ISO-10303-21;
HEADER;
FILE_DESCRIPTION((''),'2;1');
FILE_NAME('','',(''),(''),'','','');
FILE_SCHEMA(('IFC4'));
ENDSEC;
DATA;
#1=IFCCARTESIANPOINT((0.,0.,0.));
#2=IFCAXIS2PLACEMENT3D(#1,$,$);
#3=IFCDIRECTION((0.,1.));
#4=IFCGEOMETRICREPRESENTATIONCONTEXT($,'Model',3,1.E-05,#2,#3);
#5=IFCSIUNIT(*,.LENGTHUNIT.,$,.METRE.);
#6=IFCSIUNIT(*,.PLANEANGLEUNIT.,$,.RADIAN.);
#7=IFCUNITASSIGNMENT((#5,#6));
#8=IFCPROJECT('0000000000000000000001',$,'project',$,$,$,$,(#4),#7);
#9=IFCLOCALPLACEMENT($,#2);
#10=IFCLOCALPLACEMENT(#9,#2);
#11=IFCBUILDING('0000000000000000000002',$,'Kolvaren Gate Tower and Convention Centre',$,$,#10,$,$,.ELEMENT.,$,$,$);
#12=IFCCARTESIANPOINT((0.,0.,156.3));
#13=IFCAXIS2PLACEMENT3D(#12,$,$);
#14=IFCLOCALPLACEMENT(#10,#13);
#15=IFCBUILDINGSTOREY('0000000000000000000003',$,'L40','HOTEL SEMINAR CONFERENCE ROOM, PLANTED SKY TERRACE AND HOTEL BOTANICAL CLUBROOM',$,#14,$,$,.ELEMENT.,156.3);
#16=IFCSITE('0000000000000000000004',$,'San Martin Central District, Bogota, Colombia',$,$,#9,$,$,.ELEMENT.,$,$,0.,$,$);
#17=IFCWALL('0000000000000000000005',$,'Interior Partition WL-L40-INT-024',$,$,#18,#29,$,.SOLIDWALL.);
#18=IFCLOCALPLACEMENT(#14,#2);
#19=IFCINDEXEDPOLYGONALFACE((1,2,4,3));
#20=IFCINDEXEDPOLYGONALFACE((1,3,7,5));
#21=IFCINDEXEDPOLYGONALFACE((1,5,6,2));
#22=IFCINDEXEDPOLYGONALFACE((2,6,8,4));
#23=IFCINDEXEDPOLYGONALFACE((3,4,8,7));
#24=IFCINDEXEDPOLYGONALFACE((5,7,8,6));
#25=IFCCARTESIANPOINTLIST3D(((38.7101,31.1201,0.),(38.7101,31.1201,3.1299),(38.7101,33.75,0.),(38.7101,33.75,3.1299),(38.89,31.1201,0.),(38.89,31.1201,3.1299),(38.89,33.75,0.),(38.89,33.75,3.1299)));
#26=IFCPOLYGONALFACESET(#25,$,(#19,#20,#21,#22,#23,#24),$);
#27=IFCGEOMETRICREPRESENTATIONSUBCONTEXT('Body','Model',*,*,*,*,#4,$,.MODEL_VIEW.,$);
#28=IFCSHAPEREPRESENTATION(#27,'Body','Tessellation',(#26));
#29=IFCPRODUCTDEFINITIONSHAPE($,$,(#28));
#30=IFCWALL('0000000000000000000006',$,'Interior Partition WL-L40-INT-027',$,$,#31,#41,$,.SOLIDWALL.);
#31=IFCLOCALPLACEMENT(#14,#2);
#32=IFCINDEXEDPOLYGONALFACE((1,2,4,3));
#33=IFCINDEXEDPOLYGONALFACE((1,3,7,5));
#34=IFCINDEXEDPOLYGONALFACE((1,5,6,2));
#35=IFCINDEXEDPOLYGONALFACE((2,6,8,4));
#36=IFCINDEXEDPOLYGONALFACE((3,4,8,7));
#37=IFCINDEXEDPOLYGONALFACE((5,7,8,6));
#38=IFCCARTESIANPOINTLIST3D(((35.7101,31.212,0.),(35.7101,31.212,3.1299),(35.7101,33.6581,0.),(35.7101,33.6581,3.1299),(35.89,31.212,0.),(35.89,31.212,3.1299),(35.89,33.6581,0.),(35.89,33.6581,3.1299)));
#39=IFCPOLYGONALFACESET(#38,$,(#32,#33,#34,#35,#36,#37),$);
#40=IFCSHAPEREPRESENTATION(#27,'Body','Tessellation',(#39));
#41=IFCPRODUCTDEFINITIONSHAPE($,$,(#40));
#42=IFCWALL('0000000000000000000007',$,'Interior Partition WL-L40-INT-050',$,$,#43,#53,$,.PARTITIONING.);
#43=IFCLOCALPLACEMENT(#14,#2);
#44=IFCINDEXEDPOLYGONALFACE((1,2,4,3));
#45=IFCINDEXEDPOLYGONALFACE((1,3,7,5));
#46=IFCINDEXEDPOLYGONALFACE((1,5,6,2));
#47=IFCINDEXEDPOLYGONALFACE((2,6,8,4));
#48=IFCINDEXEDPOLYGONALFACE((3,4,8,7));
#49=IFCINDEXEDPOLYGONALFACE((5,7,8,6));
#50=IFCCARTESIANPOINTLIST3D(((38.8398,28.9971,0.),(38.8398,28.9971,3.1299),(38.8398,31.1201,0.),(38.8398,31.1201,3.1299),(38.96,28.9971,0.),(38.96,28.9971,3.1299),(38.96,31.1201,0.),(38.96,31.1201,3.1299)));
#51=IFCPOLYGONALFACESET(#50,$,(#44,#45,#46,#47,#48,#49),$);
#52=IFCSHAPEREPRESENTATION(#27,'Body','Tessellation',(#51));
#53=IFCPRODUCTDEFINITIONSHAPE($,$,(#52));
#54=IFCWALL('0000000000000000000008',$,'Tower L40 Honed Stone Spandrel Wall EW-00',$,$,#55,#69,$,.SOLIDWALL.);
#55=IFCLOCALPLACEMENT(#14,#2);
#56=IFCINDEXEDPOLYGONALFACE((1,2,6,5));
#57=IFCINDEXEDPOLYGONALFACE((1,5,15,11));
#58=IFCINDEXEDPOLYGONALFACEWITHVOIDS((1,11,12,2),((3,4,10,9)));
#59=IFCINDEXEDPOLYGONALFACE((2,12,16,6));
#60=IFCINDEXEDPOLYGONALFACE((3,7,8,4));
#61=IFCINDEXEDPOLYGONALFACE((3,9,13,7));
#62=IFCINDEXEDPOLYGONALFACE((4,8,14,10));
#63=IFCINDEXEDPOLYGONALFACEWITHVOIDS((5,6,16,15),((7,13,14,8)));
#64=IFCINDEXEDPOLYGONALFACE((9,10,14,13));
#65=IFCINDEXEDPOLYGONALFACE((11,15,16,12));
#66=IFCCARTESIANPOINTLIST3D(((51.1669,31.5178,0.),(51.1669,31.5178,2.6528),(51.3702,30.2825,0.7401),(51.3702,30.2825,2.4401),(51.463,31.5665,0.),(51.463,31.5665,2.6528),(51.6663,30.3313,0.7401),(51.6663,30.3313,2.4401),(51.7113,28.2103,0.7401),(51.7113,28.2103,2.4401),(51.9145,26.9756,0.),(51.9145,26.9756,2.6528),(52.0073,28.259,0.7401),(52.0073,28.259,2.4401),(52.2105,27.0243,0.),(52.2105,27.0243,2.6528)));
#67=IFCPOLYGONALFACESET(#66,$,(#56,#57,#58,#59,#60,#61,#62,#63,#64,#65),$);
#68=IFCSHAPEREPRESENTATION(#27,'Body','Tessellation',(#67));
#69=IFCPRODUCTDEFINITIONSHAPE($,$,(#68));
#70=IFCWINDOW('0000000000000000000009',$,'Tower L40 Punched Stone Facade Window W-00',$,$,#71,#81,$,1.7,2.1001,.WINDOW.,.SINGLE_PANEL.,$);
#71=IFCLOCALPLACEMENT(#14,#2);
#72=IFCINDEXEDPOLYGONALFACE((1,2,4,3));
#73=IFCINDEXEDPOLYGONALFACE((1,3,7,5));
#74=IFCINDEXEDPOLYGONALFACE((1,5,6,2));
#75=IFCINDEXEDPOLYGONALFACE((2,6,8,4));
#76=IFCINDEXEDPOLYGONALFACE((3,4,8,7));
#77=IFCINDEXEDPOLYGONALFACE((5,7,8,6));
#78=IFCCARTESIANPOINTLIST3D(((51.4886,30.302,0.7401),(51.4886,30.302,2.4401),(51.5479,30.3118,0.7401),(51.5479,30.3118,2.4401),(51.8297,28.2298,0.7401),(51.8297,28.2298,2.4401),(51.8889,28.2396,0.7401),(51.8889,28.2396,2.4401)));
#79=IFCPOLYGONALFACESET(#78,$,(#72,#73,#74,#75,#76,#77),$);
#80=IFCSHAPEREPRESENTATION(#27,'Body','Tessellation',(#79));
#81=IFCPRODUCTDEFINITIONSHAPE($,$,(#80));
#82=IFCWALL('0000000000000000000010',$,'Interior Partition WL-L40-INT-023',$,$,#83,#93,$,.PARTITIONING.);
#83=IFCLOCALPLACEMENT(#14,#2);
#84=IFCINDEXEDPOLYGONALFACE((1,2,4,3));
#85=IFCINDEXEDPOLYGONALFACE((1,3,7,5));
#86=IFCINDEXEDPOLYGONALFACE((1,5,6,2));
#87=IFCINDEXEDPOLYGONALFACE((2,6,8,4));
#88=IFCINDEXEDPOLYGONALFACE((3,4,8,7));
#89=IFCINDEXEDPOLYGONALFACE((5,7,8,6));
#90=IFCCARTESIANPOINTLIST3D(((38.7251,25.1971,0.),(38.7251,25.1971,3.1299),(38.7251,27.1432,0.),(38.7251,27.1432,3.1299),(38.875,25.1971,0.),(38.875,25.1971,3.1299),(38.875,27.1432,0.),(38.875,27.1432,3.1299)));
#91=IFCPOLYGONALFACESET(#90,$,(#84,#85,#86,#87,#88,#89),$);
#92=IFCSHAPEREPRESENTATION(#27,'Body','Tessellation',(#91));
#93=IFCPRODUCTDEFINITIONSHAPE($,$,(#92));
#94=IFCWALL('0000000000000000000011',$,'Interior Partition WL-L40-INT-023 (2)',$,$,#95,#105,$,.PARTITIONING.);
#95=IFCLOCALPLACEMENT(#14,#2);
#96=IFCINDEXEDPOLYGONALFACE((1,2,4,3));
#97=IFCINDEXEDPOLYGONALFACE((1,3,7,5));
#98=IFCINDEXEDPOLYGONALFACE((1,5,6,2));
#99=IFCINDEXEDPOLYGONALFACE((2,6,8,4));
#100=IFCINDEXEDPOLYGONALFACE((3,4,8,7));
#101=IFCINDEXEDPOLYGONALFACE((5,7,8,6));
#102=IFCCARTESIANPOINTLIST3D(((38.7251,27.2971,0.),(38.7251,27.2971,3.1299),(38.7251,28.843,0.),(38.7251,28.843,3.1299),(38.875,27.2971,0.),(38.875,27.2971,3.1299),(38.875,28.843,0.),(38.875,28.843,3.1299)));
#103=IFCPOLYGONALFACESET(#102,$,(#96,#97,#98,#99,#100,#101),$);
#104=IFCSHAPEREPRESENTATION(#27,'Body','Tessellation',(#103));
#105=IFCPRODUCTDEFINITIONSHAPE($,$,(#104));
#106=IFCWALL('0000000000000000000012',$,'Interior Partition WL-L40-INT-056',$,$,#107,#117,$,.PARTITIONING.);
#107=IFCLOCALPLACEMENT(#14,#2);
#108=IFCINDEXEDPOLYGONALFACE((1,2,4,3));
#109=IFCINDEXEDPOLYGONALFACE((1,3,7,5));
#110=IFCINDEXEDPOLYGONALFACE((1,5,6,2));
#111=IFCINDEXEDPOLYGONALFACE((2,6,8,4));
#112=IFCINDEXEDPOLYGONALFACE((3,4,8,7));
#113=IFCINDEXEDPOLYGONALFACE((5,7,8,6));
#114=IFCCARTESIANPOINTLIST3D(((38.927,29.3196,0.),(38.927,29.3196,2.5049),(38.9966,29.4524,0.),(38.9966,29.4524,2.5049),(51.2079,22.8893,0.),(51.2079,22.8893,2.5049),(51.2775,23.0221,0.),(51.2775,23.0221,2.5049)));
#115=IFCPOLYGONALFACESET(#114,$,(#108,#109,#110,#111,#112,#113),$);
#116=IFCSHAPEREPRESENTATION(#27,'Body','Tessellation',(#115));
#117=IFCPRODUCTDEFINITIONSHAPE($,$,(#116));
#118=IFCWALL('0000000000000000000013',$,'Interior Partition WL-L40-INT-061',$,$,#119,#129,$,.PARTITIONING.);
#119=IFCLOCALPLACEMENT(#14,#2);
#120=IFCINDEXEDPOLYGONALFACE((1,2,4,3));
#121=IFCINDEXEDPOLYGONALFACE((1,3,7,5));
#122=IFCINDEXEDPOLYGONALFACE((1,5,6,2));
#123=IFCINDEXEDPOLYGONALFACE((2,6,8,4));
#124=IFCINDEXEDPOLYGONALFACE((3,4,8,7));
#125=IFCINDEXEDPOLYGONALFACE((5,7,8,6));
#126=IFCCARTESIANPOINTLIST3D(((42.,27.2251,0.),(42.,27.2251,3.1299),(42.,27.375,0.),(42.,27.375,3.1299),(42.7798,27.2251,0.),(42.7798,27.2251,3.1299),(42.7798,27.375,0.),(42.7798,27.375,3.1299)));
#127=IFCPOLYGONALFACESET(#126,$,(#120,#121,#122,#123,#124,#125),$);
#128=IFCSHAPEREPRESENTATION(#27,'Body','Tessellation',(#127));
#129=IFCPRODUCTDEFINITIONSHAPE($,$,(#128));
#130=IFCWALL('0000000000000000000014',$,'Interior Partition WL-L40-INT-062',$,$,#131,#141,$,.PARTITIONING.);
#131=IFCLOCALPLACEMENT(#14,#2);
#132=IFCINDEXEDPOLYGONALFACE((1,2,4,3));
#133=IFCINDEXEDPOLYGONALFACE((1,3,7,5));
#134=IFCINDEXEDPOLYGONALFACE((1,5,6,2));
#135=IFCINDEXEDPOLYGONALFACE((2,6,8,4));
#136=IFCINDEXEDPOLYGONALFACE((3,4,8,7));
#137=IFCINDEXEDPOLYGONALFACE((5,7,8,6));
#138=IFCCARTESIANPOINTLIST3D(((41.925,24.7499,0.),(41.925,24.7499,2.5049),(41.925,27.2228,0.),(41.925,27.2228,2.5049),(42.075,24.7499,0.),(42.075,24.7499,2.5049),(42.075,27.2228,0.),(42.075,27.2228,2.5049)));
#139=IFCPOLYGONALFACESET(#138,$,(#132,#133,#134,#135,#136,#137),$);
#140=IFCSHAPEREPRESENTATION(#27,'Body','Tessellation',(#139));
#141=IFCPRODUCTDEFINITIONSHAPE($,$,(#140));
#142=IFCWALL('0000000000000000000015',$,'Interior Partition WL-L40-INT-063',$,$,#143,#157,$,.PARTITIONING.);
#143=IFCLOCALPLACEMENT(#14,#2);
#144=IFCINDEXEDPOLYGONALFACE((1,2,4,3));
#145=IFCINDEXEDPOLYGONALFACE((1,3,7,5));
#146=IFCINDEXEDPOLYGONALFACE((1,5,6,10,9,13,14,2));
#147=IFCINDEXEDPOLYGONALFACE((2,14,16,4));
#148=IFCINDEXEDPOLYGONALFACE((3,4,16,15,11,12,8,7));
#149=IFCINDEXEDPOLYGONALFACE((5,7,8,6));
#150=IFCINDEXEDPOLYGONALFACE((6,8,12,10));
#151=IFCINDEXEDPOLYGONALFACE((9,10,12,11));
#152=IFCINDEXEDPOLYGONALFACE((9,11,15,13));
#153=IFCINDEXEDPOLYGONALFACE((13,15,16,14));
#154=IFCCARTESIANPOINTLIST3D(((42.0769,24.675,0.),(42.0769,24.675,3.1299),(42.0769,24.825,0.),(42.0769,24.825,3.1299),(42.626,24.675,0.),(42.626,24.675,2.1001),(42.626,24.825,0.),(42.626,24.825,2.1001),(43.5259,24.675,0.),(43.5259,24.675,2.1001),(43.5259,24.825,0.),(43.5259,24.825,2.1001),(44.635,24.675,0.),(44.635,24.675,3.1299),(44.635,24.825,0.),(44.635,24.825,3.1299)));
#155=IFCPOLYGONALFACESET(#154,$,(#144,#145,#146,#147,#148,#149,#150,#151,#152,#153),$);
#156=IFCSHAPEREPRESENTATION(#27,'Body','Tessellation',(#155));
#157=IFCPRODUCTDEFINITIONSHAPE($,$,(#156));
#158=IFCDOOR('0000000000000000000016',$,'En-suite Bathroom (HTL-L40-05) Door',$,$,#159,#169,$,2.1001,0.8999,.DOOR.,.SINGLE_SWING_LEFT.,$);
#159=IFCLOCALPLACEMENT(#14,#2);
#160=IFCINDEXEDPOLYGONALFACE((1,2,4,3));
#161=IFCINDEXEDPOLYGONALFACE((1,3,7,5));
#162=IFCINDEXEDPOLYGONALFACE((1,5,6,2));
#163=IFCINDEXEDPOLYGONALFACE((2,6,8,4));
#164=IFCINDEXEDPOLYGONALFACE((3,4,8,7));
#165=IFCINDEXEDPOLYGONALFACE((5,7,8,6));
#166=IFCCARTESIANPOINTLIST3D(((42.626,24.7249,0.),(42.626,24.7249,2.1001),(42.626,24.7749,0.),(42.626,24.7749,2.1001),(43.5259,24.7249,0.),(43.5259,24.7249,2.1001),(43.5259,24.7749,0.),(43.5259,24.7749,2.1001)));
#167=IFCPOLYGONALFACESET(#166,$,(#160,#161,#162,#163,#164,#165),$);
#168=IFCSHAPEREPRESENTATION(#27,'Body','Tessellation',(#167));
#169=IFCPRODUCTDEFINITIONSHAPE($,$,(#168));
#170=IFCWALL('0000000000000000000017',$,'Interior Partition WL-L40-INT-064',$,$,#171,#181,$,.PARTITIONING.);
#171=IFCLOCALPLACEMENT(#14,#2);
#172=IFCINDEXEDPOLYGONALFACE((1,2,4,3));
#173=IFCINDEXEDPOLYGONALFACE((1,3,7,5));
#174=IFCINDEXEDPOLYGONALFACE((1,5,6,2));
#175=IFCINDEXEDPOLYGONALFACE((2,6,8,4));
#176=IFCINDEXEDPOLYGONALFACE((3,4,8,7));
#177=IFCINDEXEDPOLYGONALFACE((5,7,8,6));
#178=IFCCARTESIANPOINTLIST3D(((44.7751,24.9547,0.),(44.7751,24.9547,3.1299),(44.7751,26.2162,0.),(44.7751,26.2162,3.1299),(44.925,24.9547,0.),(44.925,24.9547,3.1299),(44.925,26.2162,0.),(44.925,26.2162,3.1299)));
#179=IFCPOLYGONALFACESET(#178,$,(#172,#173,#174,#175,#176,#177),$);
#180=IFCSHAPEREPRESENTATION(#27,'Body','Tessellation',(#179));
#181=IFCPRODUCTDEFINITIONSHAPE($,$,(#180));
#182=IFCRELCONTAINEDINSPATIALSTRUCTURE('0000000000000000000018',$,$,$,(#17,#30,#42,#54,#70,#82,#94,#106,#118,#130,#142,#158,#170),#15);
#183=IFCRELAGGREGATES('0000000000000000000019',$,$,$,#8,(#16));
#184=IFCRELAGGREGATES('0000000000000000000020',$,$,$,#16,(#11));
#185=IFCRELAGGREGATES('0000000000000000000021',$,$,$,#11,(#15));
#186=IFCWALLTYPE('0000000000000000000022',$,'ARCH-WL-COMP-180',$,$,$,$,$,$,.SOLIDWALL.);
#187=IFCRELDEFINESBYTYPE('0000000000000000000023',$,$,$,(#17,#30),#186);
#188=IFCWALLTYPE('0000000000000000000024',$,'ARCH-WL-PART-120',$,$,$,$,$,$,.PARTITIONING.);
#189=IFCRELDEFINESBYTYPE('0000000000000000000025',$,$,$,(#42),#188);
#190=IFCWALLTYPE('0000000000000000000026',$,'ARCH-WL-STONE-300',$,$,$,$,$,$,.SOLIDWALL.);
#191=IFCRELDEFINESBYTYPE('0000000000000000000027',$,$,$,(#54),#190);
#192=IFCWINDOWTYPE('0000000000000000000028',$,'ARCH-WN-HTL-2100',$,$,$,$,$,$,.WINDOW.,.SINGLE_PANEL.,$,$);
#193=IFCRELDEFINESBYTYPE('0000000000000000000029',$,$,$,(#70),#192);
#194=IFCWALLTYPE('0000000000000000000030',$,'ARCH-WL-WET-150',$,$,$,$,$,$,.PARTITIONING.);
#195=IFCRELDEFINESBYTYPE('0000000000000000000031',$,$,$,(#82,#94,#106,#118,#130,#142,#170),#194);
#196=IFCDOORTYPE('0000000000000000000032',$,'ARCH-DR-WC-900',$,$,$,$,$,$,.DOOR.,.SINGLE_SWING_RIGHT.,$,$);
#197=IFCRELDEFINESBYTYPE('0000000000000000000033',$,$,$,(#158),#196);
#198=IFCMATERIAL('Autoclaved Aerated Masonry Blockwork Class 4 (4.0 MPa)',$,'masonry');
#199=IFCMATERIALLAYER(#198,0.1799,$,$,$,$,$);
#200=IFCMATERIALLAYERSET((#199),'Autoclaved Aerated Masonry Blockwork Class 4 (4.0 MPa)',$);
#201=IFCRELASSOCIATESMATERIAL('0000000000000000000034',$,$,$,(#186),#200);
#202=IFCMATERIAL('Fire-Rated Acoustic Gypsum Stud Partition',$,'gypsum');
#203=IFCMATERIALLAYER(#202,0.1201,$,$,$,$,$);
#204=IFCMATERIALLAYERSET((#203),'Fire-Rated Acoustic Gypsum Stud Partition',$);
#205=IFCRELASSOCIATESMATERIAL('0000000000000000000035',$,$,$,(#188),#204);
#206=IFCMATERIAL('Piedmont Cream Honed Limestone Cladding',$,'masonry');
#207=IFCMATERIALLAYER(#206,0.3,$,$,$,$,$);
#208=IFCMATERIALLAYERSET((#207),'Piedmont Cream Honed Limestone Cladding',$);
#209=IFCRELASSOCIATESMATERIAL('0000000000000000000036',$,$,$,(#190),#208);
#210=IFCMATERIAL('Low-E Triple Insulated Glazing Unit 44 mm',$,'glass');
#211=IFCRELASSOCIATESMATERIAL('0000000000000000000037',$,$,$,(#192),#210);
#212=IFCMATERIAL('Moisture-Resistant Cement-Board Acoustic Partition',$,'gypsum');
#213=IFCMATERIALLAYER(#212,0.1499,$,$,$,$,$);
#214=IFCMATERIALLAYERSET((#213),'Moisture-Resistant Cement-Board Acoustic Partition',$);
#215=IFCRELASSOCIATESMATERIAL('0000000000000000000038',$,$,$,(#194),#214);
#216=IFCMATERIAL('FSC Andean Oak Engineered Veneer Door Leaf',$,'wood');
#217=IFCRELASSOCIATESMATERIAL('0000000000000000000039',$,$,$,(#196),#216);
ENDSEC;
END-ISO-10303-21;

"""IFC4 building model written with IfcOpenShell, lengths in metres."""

from ifc_helpers import new_model, si_unit, direction, frame, frame_2d, origin, place, context, subcontext, project, spatial, rectangle, extrude, material, layer, layer_set, type_object, element, fill, save


model = new_model("IFC4")

# Units and contexts
model_context = context("Model", 3, precision=1e-05, world=origin(), true_north=direction((0.0, 1.0)))
body_context = subcontext(model_context, "Body", "Model", "MODEL_VIEW")
ifc_project = project(units=[si_unit("LENGTHUNIT", "METRE"), si_unit("PLANEANGLEUNIT", "RADIAN")], contexts=[model_context])

# Site, building, storey
site_placement = place(None, origin())
site = spatial("IfcSite", under=ifc_project, at=site_placement, Name="San Martin Central District, Bogota, Colombia", CompositionType="ELEMENT", RefElevation=0.0)
building_placement = place(site_placement, origin())
building = spatial("IfcBuilding", under=site, at=building_placement, Name="Kolvaren Gate Tower and Convention Centre", CompositionType="ELEMENT")
storey_placement = place(building_placement, frame((0.0, 0.0, 156.3)))
storey = spatial("IfcBuildingStorey", under=building, at=storey_placement, Name="L40", Description="HOTEL SEMINAR CONFERENCE ROOM, PLANTED SKY TERRACE AND HOTEL BOTANICAL CLUBROOM", CompositionType="ELEMENT", Elevation=156.3)

# Walls
ifc_material_1 = material(Name="Autoclaved Aerated Masonry Blockwork Class 4 (4.0 MPa)", Category="masonry")
ifc_layer_1 = layer(ifc_material_1, 0.1799)
ifc_layer_set_1 = layer_set([ifc_layer_1], Name="Autoclaved Aerated Masonry Blockwork Class 4 (4.0 MPa)")
wall_type_1 = type_object("IfcWallType", Name="ARCH-WL-COMP-180", PredefinedType="SOLIDWALL", material=ifc_layer_set_1)
wall_1_placement = place(storey_placement, frame((38.8, 31.1201, 0.0), z_axis=(0.0, 0.0, 1.0), x_axis=(0.0, 1.0, 0.0)))
element("IfcWall", 1, at=wall_1_placement, inside=storey, type_object=wall_type_1, Name="Interior Partition WL-L40-INT-024", PredefinedType="SOLIDWALL", context=body_context, shape_type="SweptSolid", body=[
    extrude(rectangle(XDim=2.6299, YDim=0.1799, at=frame_2d((1.3149, 0.0))), origin(), (0.0, 0.0, 1.0), 3.1299),
])
wall_2_placement = place(storey_placement, frame((35.8, 31.2119, 0.0), z_axis=(0.0, 0.0, 1.0), x_axis=(0.0, 1.0, 0.0)))
element("IfcWall", 2, at=wall_2_placement, inside=storey, type_object=wall_type_1, Name="Interior Partition WL-L40-INT-027", PredefinedType="SOLIDWALL", context=body_context, shape_type="SweptSolid", body=[
    extrude(rectangle(XDim=2.446, YDim=0.1799, at=frame_2d((1.2231, 0.0))), origin(), (0.0, 0.0, 1.0), 3.1299),
])
ifc_material_2 = material(Name="Fire-Rated Acoustic Gypsum Stud Partition", Category="gypsum")
ifc_layer_2 = layer(ifc_material_2, 0.1201)
ifc_layer_set_2 = layer_set([ifc_layer_2], Name="Fire-Rated Acoustic Gypsum Stud Partition")
wall_type_2 = type_object("IfcWallType", Name="ARCH-WL-PART-120", PredefinedType="PARTITIONING", material=ifc_layer_set_2)
wall_3_placement = place(storey_placement, frame((38.8999, 28.9971, 0.0), z_axis=(0.0, 0.0, 1.0), x_axis=(0.0, 1.0, 0.0)))
element("IfcWall", 3, at=wall_3_placement, inside=storey, type_object=wall_type_2, Name="Interior Partition WL-L40-INT-050", PredefinedType="PARTITIONING", context=body_context, shape_type="SweptSolid", body=[
    extrude(rectangle(XDim=2.123, YDim=0.1201, at=frame_2d((1.0615, 0.0))), origin(), (0.0, 0.0, 1.0), 3.1299),
])

# Wall, opening, window
ifc_material_3 = material(Name="Piedmont Cream Honed Limestone Cladding", Category="masonry")
ifc_layer_3 = layer(ifc_material_3, 0.3)
ifc_layer_set_3 = layer_set([ifc_layer_3], Name="Piedmont Cream Honed Limestone Cladding")
wall_type_3 = type_object("IfcWallType", Name="ARCH-WL-STONE-300", PredefinedType="SOLIDWALL", material=ifc_layer_set_3)
wall_4_placement = place(storey_placement, frame((51.3149, 31.5422, 0.0), z_axis=(0.0, 0.0, 1.0), x_axis=(0.162395, -0.986726, 0.0)))
wall_4 = element("IfcWall", 4, at=wall_4_placement, inside=storey, type_object=wall_type_3, Name="Tower L40 Honed Stone Spandrel Wall EW-00", PredefinedType="SOLIDWALL", context=body_context, shape_type="SweptSolid", body=[
    extrude(rectangle(XDim=4.6033, YDim=0.3, at=frame_2d((2.3018, 0.0))), origin(), (0.0, 0.0, 1.0), 2.6528),
])
opening_1_placement = place(wall_4_placement, frame((1.252, 0.0, 0.74)))
opening_1 = element("IfcOpeningElement", 5, at=opening_1_placement, cuts=wall_4, PredefinedType="OPENING", context=body_context, shape_type="SweptSolid", body=[
    extrude(rectangle(XDim=2.1001, YDim=1.7, at=frame_2d((1.05, 0.8501))), frame((0.0, 0.1599, 0.0), z_axis=(0.0, -1.0, 0.0), x_axis=(1.0, 0.0, 0.0)), (0.0, 0.0, 1.0), 0.3201),
])
ifc_material_4 = material(Name="Low-E Triple Insulated Glazing Unit 44 mm", Category="glass")
window_type = type_object("IfcWindowType", Name="ARCH-WN-HTL-2100", PartitioningType="SINGLE_PANEL", PredefinedType="WINDOW", material=ifc_material_4)
window_placement = place(opening_1_placement, origin())
window = element("IfcWindow", 6, at=window_placement, inside=storey, type_object=window_type, Name="Tower L40 Punched Stone Facade Window W-00", OverallHeight=1.7, OverallWidth=2.1001, PartitioningType="SINGLE_PANEL", PredefinedType="WINDOW", context=body_context, shape_type="SweptSolid", body=[
    extrude(rectangle(XDim=2.1001, YDim=1.7, at=frame_2d((1.05, 0.8501))), frame((0.0, 0.03, 0.0), z_axis=(0.0, -1.0, 0.0), x_axis=(1.0, 0.0, 0.0)), (0.0, 0.0, 1.0), 0.0601),
])
fill(opening_1, window)

# Walls
ifc_material_5 = material(Name="Moisture-Resistant Cement-Board Acoustic Partition", Category="gypsum")
ifc_layer_4 = layer(ifc_material_5, 0.1499)
ifc_layer_set_4 = layer_set([ifc_layer_4], Name="Moisture-Resistant Cement-Board Acoustic Partition")
wall_type_4 = type_object("IfcWallType", Name="ARCH-WL-WET-150", PredefinedType="PARTITIONING", material=ifc_layer_set_4)
wall_5_placement = place(storey_placement, frame((38.8, 25.197, 0.0), z_axis=(0.0, 0.0, 1.0), x_axis=(0.0, 1.0, 0.0)))
element("IfcWall", 7, at=wall_5_placement, inside=storey, type_object=wall_type_4, Name="Interior Partition WL-L40-INT-023", PredefinedType="PARTITIONING", context=body_context, shape_type="SweptSolid", body=[
    extrude(rectangle(XDim=1.946, YDim=0.1499, at=frame_2d((0.9731, 0.0))), origin(), (0.0, 0.0, 1.0), 3.1299),
])
wall_6_placement = place(storey_placement, frame((38.8, 27.2971, 0.0), z_axis=(0.0, 0.0, 1.0), x_axis=(0.0, 1.0, 0.0)))
element("IfcWall", 8, at=wall_6_placement, inside=storey, type_object=wall_type_4, Name="Interior Partition WL-L40-INT-023 (2)", PredefinedType="PARTITIONING", context=body_context, shape_type="SweptSolid", body=[
    extrude(rectangle(XDim=1.5459, YDim=0.1499, at=frame_2d((0.7729, 0.0))), origin(), (0.0, 0.0, 1.0), 3.1299),
])
wall_7_placement = place(storey_placement, frame((38.9619, 29.386, 0.0), z_axis=(0.0, 0.0, 1.0), x_axis=(0.885905, -0.463866, 0.0)))
element("IfcWall", 9, at=wall_7_placement, inside=storey, type_object=wall_type_4, Name="Interior Partition WL-L40-INT-056", PredefinedType="PARTITIONING", context=body_context, shape_type="SweptSolid", body=[
    extrude(rectangle(XDim=13.8625, YDim=0.1499, at=frame_2d((6.9312, 0.0))), origin(), (0.0, 0.0, 1.0), 2.5049),
])
wall_8_placement = place(storey_placement, frame((42.0, 27.3, 0.0), z_axis=(0.0, 0.0, 1.0), x_axis=(1.0, 0.0, 0.0)))
element("IfcWall", 10, at=wall_8_placement, inside=storey, type_object=wall_type_4, Name="Interior Partition WL-L40-INT-061", PredefinedType="PARTITIONING", context=body_context, shape_type="SweptSolid", body=[
    extrude(rectangle(XDim=0.7798, YDim=0.1499, at=frame_2d((0.3899, 0.0))), origin(), (0.0, 0.0, 1.0), 3.1299),
])
wall_9_placement = place(storey_placement, frame((42.0, 24.75, 0.0), z_axis=(0.0, 0.0, 1.0), x_axis=(0.0, 1.0, 0.0)))
element("IfcWall", 11, at=wall_9_placement, inside=storey, type_object=wall_type_4, Name="Interior Partition WL-L40-INT-062", PredefinedType="PARTITIONING", context=body_context, shape_type="SweptSolid", body=[
    extrude(rectangle(XDim=2.4729, YDim=0.1499, at=frame_2d((1.2363, 0.0))), origin(), (0.0, 0.0, 1.0), 2.5049),
])

# Wall, opening, door
wall_10_placement = place(storey_placement, frame((42.0769, 24.75, 0.0), z_axis=(0.0, 0.0, 1.0), x_axis=(1.0, 0.0, 0.0)))
wall_10 = element("IfcWall", 12, at=wall_10_placement, inside=storey, type_object=wall_type_4, Name="Interior Partition WL-L40-INT-063", PredefinedType="PARTITIONING", context=body_context, shape_type="SweptSolid", body=[
    extrude(rectangle(XDim=2.5581, YDim=0.1499, at=frame_2d((1.2791, 0.0))), origin(), (0.0, 0.0, 1.0), 3.1299),
])
opening_2_placement = place(wall_10_placement, frame((0.5491, 0.0, 0.0)))
opening_2 = element("IfcOpeningElement", 13, at=opening_2_placement, cuts=wall_10, PredefinedType="OPENING", context=body_context, shape_type="SweptSolid", body=[
    extrude(rectangle(XDim=0.8999, YDim=2.1001, at=frame_2d((0.45, 1.05))), frame((0.0, 0.085, 0.0), z_axis=(0.0, -1.0, 0.0), x_axis=(1.0, 0.0, 0.0)), (0.0, 0.0, 1.0), 0.1699),
])
ifc_material_6 = material(Name="FSC Andean Oak Engineered Veneer Door Leaf", Category="wood")
door_type = type_object("IfcDoorType", Name="ARCH-DR-WC-900", OperationType="SINGLE_SWING_RIGHT", PredefinedType="DOOR", material=ifc_material_6)
door_placement = place(opening_2_placement, origin())
door = element("IfcDoor", 14, at=door_placement, inside=storey, type_object=door_type, Name="En-suite Bathroom (HTL-L40-05) Door", OperationType="SINGLE_SWING_LEFT", OverallHeight=2.1001, OverallWidth=0.8999, PredefinedType="DOOR", context=body_context, shape_type="SweptSolid", body=[
    extrude(rectangle(XDim=0.8999, YDim=2.1001, at=frame_2d((0.45, 1.05))), frame((0.0, 0.0249, 0.0), z_axis=(0.0, -1.0, 0.0), x_axis=(1.0, 0.0, 0.0)), (0.0, 0.0, 1.0), 0.05),
])
fill(opening_2, door)

# Wall
wall_11_placement = place(storey_placement, frame((44.8501, 24.9546, 0.0), z_axis=(0.0, 0.0, 1.0), x_axis=(0.0, 1.0, 0.0)))
element("IfcWall", 15, at=wall_11_placement, inside=storey, type_object=wall_type_4, Name="Interior Partition WL-L40-INT-064", PredefinedType="PARTITIONING", context=body_context, shape_type="SweptSolid", body=[
    extrude(rectangle(XDim=1.2615, YDim=0.1499, at=frame_2d((0.6309, 0.0))), origin(), (0.0, 0.0, 1.0), 3.1299),
])

save(model, "model.ifc")
